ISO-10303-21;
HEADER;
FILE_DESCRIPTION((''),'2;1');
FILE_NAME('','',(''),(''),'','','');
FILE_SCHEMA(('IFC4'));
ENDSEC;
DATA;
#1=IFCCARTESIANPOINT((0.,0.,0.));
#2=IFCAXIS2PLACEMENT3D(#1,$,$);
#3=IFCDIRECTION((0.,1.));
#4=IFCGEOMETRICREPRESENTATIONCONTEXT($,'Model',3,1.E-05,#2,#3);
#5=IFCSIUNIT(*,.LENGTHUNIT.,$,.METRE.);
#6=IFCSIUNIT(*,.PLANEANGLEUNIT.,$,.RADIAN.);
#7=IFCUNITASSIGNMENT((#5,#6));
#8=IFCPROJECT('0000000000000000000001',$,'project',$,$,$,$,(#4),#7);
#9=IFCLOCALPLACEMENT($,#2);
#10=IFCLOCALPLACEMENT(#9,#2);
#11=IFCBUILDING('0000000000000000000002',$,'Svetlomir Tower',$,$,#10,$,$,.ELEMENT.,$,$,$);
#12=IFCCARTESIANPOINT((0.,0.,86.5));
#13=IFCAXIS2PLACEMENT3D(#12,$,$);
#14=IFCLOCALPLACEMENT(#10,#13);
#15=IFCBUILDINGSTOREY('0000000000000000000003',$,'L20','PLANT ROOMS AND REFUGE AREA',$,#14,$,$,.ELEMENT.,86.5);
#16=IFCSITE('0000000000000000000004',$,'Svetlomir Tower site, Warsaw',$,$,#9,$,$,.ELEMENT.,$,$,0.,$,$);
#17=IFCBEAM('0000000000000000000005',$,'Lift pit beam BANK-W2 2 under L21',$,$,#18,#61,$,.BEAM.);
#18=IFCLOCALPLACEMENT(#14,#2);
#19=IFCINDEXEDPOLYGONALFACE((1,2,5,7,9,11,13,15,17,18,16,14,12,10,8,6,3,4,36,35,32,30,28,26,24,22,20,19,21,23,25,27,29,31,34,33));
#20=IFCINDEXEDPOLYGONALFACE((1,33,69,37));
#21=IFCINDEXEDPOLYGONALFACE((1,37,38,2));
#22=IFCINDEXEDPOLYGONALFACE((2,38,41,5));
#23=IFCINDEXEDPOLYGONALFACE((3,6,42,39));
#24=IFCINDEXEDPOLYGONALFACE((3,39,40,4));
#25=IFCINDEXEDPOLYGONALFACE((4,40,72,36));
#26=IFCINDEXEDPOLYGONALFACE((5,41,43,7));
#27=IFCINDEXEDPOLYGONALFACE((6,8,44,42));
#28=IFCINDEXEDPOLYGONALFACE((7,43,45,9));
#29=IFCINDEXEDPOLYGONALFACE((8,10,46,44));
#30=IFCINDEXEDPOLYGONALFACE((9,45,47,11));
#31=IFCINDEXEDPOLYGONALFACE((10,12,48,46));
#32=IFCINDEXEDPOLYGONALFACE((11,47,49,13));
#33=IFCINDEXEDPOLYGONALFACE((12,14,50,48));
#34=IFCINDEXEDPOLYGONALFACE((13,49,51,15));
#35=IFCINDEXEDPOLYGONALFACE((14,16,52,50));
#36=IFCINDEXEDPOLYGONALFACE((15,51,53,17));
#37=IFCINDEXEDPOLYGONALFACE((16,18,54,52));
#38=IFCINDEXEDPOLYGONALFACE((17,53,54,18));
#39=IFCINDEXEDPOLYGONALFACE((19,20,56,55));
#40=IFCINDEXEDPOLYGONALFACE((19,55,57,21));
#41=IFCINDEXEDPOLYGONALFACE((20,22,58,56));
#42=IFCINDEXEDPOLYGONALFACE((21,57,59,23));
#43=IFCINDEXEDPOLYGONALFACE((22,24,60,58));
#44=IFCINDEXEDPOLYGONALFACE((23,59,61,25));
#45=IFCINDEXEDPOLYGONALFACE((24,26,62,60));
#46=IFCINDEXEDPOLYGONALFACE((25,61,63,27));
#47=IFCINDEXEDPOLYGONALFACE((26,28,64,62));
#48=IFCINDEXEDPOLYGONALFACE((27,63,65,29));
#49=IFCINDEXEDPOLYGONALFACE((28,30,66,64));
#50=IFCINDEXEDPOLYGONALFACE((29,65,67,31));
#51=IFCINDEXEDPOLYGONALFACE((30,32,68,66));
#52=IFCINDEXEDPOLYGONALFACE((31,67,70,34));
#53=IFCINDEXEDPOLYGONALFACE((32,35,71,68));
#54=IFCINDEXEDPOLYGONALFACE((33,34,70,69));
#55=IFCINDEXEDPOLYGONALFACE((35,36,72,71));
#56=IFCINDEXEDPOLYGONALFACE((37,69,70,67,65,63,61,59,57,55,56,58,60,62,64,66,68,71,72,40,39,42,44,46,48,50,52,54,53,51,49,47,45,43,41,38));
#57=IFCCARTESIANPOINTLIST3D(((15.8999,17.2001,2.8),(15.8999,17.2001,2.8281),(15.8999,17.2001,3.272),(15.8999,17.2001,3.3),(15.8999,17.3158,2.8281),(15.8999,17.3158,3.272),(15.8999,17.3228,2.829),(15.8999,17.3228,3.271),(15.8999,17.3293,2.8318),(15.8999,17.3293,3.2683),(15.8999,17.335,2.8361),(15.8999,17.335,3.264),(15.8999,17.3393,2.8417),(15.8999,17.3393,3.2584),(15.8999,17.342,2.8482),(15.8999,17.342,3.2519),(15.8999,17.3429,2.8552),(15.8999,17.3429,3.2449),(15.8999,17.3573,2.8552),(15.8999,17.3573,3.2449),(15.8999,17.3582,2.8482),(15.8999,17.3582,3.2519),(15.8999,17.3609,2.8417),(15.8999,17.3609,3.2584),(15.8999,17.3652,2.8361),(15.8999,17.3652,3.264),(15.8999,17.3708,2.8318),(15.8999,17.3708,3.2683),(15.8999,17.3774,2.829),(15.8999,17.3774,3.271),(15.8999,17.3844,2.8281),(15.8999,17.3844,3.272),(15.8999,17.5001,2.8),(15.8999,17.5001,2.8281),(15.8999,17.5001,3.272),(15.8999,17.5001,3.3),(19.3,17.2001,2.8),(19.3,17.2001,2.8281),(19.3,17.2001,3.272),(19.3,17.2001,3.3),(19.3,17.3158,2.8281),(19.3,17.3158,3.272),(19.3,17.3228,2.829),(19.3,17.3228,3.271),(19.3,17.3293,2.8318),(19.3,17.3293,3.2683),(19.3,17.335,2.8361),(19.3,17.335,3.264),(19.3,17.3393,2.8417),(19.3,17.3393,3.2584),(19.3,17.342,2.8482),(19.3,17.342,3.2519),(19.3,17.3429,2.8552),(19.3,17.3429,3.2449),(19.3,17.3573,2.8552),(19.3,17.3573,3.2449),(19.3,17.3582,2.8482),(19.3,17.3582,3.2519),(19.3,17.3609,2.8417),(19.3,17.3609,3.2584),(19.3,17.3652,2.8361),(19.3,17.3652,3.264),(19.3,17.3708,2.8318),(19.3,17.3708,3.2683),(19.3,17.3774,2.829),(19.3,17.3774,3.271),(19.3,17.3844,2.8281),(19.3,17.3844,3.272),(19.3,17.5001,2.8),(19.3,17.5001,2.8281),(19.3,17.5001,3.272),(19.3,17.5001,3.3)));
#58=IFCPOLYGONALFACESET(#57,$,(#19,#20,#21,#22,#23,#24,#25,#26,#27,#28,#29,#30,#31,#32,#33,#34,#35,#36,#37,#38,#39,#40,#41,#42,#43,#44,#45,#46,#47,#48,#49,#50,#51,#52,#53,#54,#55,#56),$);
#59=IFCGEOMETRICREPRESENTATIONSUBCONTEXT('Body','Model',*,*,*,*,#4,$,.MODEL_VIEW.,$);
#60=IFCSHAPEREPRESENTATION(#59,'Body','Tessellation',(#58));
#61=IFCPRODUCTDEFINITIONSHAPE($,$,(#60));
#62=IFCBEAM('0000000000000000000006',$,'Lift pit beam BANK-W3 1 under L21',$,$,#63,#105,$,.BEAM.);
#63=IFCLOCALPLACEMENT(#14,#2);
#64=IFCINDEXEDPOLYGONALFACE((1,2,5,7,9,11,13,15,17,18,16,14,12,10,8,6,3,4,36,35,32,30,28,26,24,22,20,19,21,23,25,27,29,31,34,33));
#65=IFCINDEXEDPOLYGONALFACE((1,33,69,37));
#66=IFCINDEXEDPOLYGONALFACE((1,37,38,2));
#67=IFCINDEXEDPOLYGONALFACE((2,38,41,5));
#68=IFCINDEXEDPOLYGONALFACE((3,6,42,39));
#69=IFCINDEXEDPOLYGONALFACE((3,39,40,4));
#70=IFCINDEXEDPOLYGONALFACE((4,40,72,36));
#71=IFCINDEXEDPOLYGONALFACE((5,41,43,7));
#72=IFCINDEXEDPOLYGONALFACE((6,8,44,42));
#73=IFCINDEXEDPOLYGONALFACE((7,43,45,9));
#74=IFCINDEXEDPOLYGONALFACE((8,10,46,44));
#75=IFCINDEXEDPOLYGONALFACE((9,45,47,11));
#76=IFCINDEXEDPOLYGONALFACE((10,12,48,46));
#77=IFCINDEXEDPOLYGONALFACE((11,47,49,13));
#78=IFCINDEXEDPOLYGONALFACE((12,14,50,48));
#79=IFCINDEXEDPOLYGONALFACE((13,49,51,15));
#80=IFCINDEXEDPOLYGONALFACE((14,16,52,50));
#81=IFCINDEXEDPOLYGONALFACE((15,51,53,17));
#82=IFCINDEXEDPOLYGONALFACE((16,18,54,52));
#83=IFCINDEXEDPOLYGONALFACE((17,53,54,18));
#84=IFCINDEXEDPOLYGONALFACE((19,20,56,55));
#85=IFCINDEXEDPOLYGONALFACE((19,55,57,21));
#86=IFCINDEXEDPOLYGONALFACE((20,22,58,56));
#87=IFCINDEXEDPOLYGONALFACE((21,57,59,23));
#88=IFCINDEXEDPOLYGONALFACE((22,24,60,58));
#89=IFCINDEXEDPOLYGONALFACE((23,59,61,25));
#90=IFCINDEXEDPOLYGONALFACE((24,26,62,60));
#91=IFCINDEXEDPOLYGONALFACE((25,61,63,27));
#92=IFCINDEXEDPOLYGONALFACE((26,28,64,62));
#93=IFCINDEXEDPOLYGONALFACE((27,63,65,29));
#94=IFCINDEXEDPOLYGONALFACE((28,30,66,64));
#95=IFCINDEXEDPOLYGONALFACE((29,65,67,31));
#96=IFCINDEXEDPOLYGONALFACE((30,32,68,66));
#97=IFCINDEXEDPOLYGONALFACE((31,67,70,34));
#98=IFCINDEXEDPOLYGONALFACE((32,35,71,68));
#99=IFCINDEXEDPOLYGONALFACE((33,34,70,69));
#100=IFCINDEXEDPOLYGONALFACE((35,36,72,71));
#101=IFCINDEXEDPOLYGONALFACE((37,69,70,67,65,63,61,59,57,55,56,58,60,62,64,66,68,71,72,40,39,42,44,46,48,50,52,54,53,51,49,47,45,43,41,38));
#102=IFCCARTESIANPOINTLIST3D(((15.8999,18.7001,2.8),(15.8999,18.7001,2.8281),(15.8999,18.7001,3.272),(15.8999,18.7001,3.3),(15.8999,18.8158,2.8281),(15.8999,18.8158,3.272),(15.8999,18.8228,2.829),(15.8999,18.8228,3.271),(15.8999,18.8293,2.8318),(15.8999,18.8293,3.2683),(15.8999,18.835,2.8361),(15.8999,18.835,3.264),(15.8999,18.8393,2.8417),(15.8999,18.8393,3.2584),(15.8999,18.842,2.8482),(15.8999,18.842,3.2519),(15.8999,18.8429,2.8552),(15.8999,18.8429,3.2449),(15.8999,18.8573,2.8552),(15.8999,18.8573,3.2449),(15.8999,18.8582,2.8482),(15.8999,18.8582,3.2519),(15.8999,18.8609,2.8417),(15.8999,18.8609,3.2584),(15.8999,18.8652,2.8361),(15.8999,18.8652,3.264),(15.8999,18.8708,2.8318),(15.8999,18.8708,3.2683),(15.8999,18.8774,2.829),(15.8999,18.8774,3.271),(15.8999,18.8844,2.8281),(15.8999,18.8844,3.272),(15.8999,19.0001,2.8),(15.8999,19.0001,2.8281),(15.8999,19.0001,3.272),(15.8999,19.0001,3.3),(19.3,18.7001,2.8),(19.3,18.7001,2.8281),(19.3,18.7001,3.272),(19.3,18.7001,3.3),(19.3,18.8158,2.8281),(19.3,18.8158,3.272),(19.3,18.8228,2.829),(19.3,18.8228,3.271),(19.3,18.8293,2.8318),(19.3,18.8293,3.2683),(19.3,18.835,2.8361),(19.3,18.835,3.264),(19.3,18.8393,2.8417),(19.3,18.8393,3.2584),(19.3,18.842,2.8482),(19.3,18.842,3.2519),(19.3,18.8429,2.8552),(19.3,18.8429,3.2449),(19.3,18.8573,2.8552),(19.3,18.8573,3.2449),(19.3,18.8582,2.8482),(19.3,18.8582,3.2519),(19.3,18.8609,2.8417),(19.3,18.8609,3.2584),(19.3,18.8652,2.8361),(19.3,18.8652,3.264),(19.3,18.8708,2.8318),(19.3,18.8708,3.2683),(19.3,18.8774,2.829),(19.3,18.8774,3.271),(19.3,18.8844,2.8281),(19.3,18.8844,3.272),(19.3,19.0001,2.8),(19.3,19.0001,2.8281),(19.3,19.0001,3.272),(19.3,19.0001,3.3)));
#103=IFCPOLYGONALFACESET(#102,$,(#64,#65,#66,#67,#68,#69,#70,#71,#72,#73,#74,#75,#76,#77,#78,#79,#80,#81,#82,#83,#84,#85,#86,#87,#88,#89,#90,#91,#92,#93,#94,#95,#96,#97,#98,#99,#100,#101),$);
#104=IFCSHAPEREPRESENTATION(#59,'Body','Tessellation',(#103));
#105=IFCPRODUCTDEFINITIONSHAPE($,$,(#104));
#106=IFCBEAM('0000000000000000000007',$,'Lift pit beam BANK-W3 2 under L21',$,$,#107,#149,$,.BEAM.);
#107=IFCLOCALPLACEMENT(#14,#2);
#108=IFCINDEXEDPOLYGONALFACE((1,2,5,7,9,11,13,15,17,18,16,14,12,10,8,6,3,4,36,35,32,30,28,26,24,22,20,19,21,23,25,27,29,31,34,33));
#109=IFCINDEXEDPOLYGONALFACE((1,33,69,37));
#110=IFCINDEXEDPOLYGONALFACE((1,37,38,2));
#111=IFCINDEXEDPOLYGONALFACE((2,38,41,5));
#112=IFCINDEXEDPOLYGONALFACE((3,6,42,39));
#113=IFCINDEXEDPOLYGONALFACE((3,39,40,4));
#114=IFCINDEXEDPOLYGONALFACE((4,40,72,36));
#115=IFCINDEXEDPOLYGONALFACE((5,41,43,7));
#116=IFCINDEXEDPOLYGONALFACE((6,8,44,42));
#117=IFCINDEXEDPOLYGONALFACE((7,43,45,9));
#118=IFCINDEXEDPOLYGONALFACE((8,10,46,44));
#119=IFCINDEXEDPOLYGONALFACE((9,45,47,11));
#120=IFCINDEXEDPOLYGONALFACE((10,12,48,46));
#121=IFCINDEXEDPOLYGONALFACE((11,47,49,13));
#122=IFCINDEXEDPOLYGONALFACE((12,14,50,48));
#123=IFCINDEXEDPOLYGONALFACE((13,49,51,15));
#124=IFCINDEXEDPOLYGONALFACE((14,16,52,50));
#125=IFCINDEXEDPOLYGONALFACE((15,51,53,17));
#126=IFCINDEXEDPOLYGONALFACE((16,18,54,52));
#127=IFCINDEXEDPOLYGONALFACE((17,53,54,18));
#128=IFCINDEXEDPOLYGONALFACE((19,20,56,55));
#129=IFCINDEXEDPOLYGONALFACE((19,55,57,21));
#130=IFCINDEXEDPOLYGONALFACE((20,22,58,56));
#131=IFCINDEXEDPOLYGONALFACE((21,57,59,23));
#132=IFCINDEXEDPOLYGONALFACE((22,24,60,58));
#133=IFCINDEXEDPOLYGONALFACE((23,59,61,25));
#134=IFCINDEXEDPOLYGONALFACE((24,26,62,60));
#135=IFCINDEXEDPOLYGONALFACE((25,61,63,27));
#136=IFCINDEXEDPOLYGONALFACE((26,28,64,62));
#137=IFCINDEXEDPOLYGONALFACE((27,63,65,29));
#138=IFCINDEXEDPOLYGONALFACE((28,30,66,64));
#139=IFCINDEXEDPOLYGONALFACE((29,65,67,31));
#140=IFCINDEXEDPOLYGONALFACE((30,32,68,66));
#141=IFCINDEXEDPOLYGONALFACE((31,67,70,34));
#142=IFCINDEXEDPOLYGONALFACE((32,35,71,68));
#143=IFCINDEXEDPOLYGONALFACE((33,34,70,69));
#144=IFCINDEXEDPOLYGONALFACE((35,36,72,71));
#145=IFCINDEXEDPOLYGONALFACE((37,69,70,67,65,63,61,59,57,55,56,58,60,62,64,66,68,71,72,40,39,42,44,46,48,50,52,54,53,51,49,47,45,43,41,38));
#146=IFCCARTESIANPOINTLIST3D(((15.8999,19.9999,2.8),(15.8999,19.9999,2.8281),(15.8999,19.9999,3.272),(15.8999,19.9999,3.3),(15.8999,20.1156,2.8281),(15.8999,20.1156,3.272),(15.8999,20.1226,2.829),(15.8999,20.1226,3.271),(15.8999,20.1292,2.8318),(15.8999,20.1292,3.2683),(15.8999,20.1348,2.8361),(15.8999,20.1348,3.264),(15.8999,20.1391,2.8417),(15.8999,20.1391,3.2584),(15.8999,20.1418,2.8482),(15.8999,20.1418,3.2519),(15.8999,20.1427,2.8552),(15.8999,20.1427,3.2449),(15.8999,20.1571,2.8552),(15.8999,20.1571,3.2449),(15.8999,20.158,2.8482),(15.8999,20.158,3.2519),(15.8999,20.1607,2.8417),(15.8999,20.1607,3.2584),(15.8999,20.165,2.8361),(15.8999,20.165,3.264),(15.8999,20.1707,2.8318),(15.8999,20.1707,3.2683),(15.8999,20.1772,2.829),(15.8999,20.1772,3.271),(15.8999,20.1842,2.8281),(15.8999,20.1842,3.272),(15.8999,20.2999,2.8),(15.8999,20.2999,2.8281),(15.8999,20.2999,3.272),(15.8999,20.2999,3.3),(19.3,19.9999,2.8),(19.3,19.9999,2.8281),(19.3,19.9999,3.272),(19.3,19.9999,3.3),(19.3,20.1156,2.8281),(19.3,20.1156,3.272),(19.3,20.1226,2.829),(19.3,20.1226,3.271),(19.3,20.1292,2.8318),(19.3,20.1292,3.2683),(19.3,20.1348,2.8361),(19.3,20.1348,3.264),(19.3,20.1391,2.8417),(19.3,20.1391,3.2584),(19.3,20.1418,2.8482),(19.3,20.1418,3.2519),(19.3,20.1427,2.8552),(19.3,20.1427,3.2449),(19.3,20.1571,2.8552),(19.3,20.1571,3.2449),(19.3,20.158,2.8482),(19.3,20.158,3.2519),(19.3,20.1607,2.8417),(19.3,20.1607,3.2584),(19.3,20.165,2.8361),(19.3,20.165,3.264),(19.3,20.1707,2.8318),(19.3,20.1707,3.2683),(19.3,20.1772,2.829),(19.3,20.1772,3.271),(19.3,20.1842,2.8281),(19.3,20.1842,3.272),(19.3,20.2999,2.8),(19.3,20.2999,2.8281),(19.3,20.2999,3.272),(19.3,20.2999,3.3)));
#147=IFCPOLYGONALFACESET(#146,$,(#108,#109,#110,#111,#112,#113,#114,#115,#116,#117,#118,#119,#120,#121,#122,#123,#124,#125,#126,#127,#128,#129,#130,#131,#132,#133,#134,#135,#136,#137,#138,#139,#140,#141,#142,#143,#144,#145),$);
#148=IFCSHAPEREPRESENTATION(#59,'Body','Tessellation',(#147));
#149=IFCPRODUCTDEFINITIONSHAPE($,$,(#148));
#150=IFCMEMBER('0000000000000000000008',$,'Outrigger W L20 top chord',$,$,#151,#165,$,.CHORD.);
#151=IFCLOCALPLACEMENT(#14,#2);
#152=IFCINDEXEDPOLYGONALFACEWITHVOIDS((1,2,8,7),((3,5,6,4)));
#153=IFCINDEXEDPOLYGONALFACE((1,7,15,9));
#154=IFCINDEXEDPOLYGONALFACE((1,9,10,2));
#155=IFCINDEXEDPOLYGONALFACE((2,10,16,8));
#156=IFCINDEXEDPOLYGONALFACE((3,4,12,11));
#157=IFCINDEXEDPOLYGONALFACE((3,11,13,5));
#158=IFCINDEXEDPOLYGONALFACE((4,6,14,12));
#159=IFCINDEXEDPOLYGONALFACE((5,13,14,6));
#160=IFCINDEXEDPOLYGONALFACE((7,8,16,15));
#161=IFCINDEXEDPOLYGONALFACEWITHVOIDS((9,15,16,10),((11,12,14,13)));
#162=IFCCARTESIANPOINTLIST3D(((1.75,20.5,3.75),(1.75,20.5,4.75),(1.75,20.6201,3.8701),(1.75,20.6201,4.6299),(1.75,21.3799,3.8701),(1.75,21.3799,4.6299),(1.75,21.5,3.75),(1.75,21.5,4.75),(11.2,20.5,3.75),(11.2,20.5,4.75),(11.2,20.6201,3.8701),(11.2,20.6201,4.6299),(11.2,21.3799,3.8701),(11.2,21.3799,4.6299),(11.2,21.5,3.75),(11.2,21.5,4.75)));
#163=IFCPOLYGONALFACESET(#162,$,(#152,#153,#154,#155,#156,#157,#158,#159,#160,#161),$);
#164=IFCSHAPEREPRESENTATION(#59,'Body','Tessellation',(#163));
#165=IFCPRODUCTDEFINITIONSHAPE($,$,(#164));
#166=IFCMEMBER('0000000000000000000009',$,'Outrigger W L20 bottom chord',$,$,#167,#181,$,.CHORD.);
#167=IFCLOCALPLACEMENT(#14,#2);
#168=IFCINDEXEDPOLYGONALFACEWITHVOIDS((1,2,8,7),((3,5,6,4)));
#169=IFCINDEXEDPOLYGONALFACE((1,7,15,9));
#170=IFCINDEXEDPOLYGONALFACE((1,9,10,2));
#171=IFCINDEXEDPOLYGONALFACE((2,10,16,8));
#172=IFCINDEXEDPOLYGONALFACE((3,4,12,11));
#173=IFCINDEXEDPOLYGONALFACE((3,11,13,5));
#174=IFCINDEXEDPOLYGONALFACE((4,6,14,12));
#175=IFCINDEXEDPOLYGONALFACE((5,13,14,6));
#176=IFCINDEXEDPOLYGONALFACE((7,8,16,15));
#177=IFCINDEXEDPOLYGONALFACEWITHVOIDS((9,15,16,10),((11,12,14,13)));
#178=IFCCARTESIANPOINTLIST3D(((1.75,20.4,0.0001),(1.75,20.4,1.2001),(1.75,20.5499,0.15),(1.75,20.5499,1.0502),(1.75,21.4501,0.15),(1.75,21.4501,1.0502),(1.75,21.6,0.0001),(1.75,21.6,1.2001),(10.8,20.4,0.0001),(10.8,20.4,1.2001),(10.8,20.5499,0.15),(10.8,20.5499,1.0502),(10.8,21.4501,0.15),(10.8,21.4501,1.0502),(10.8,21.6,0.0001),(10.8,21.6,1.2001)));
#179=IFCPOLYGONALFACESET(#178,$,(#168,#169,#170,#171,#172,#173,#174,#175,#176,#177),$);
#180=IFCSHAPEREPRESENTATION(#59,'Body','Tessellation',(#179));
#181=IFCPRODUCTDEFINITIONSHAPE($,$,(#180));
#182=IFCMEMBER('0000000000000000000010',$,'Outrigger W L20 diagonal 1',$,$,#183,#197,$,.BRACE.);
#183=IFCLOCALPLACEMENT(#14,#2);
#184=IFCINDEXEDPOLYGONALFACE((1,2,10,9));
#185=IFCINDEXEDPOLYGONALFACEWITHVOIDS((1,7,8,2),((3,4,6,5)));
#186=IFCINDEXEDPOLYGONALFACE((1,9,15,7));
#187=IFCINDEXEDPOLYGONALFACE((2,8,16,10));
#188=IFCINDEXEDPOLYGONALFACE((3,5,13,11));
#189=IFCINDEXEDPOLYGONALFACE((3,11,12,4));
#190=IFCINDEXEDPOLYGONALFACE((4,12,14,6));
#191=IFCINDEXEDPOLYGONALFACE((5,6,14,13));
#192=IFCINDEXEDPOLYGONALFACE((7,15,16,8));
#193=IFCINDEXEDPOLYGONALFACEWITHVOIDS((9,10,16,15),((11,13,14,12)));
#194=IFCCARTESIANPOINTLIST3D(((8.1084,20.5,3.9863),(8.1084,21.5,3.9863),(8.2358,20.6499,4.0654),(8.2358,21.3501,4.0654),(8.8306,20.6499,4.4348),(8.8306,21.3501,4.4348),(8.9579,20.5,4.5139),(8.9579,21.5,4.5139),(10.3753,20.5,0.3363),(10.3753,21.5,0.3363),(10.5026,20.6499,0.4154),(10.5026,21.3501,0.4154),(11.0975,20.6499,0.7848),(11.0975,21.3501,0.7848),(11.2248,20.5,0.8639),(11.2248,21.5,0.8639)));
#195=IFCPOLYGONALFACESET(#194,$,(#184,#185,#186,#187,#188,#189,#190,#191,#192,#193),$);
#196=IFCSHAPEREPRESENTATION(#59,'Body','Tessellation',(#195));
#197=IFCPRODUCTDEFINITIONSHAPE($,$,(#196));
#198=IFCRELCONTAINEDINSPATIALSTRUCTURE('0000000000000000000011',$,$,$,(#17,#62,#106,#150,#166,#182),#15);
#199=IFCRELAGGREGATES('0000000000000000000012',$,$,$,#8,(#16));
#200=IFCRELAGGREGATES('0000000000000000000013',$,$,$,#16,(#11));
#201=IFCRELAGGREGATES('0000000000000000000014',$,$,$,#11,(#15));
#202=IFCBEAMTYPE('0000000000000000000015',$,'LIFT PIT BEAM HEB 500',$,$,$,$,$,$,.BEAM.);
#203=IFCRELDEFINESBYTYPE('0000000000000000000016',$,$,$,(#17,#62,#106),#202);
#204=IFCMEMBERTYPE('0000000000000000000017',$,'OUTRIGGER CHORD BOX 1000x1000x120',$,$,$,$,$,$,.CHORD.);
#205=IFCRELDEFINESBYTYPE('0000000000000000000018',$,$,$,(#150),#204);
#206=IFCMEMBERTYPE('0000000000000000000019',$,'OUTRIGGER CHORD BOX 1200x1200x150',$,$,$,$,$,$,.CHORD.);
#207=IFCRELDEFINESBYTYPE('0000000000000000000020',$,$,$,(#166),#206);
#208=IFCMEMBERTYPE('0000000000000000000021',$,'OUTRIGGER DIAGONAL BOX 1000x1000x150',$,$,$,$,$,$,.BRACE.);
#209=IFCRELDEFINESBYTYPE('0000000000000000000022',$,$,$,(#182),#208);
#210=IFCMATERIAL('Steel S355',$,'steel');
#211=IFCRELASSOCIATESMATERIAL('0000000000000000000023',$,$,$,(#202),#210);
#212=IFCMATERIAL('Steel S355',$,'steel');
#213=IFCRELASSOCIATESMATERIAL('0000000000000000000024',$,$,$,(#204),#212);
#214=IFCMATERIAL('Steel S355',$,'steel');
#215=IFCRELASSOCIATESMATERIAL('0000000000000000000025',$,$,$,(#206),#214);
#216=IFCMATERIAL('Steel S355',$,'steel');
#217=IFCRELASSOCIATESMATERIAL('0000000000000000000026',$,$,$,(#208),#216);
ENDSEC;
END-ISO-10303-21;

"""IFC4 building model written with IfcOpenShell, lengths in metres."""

from ifc_helpers import new_model, si_unit, direction, frame, origin, origin_2d, place, context, subcontext, project, spatial, hollow_rectangle, i_section, extrude, material, material_profile, profile_set, type_object, element, save


model = new_model("IFC4")

# Units and contexts
model_context = context("Model", 3, precision=1e-05, world=origin(), true_north=direction((0.0, 1.0)))
body_context = subcontext(model_context, "Body", "Model", "MODEL_VIEW")
ifc_project = project(units=[si_unit("LENGTHUNIT", "METRE"), si_unit("PLANEANGLEUNIT", "RADIAN")], contexts=[model_context])

# Site, building, storey
site_placement = place(None, origin())
site = spatial("IfcSite", under=ifc_project, at=site_placement, Name="Svetlomir Tower site, Warsaw", CompositionType="ELEMENT", RefElevation=0.0)
building_placement = place(site_placement, origin())
building = spatial("IfcBuilding", under=site, at=building_placement, Name="Svetlomir Tower", CompositionType="ELEMENT")
storey_placement = place(building_placement, frame((0.0, 0.0, 86.5)))
storey = spatial("IfcBuildingStorey", under=building, at=storey_placement, Name="L20", Description="PLANT ROOMS AND REFUGE AREA", CompositionType="ELEMENT", Elevation=86.5)

# Beams
ifc_material_1 = material(Name="Steel S355", Category="steel")
ifc_material_profile_1 = material_profile(ifc_material_1, i_section(OverallWidth=0.3, OverallDepth=0.5, WebThickness=0.0144, FlangeThickness=0.0281, FilletRadius=0.0271, at=origin_2d()), Name="HEB 500")
ifc_profile_set_1 = profile_set([ifc_material_profile_1], Name="Steel S355")
beam_type = type_object("IfcBeamType", Name="LIFT PIT BEAM HEB 500", PredefinedType="BEAM", material=ifc_profile_set_1)
for number, where, z_axis, x_axis, name in (
    (1, (15.8999, 17.3501, 3.05), (1.0, 0.0, 0.0), (0.0, 1.0, 0.0), "Lift pit beam BANK-W2 2 under L21"),
    (2, (15.8999, 18.8501, 3.05), (1.0, 0.0, 0.0), (0.0, 1.0, 0.0), "Lift pit beam BANK-W3 1 under L21"),
    (3, (15.8999, 20.1499, 3.05), (1.0, 0.0, 0.0), (0.0, 1.0, 0.0), "Lift pit beam BANK-W3 2 under L21"),
):
    element("IfcBeam", number, at=place(storey_placement, frame(where, z_axis=z_axis, x_axis=x_axis)), inside=storey, type_object=beam_type, Name=name, PredefinedType="BEAM", context=body_context, shape_type="SweptSolid", body=[
        extrude(i_section(OverallWidth=0.3, OverallDepth=0.5, WebThickness=0.0144, FlangeThickness=0.0281, FilletRadius=0.0271, at=origin_2d()), origin(), (0.0, 0.0, 1.0), 3.4001),
    ])

# Members
ifc_material_2 = material(Name="Steel S355", Category="steel")
ifc_material_profile_2 = material_profile(ifc_material_2, hollow_rectangle(XDim=1.0, YDim=1.0, WallThickness=0.1201, at=origin_2d()), Name="BOX 1000x1000x120")
ifc_profile_set_2 = profile_set([ifc_material_profile_2], Name="Steel S355")
member_type_1 = type_object("IfcMemberType", Name="OUTRIGGER CHORD BOX 1000x1000x120", PredefinedType="CHORD", material=ifc_profile_set_2)
member_1_placement = place(storey_placement, frame((11.2, 21.0, 4.25), z_axis=(-1.0, 0.0, 0.0), x_axis=(0.0, -1.0, 0.0)))
element("IfcMember", 4, at=member_1_placement, inside=storey, type_object=member_type_1, Name="Outrigger W L20 top chord", PredefinedType="CHORD", context=body_context, shape_type="SweptSolid", body=[
    extrude(hollow_rectangle(XDim=1.0, YDim=1.0, WallThickness=0.1201, at=origin_2d()), origin(), (0.0, 0.0, 1.0), 9.45),
])
ifc_material_3 = material(Name="Steel S355", Category="steel")
ifc_material_profile_3 = material_profile(ifc_material_3, hollow_rectangle(XDim=1.2, YDim=1.2, WallThickness=0.1499, at=origin_2d()), Name="BOX 1200x1200x150")
ifc_profile_set_3 = profile_set([ifc_material_profile_3], Name="Steel S355")
member_type_2 = type_object("IfcMemberType", Name="OUTRIGGER CHORD BOX 1200x1200x150", PredefinedType="CHORD", material=ifc_profile_set_3)
member_2_placement = place(storey_placement, frame((10.8, 21.0, 0.6001), z_axis=(-1.0, 0.0, 0.0), x_axis=(0.0, -1.0, 0.0)))
element("IfcMember", 5, at=member_2_placement, inside=storey, type_object=member_type_2, Name="Outrigger W L20 bottom chord", PredefinedType="CHORD", context=body_context, shape_type="SweptSolid", body=[
    extrude(hollow_rectangle(XDim=1.2, YDim=1.2, WallThickness=0.1499, at=origin_2d()), origin(), (0.0, 0.0, 1.0), 9.05),
])
ifc_material_4 = material(Name="Steel S355", Category="steel")
ifc_material_profile_4 = material_profile(ifc_material_4, hollow_rectangle(XDim=1.0, YDim=1.0, WallThickness=0.1499, at=origin_2d()), Name="BOX 1000x1000x150")
ifc_profile_set_4 = profile_set([ifc_material_profile_4], Name="Steel S355")
member_type_3 = type_object("IfcMemberType", Name="OUTRIGGER DIAGONAL BOX 1000x1000x150", PredefinedType="BRACE", material=ifc_profile_set_4)
member_3_placement = place(storey_placement, frame((10.8, 21.0, 0.6001), z_axis=(-0.527596, 0.0, 0.849495), x_axis=(0.0, -1.0, 0.0)))
element("IfcMember", 6, at=member_3_placement, inside=storey, type_object=member_type_3, Name="Outrigger W L20 diagonal 1", PredefinedType="BRACE", context=body_context, shape_type="SweptSolid", body=[
    extrude(hollow_rectangle(XDim=1.0, YDim=1.0, WallThickness=0.1499, at=origin_2d()), origin(), (0.0, 0.0, 1.0), 4.2966),
])

save(model, "model.ifc")
